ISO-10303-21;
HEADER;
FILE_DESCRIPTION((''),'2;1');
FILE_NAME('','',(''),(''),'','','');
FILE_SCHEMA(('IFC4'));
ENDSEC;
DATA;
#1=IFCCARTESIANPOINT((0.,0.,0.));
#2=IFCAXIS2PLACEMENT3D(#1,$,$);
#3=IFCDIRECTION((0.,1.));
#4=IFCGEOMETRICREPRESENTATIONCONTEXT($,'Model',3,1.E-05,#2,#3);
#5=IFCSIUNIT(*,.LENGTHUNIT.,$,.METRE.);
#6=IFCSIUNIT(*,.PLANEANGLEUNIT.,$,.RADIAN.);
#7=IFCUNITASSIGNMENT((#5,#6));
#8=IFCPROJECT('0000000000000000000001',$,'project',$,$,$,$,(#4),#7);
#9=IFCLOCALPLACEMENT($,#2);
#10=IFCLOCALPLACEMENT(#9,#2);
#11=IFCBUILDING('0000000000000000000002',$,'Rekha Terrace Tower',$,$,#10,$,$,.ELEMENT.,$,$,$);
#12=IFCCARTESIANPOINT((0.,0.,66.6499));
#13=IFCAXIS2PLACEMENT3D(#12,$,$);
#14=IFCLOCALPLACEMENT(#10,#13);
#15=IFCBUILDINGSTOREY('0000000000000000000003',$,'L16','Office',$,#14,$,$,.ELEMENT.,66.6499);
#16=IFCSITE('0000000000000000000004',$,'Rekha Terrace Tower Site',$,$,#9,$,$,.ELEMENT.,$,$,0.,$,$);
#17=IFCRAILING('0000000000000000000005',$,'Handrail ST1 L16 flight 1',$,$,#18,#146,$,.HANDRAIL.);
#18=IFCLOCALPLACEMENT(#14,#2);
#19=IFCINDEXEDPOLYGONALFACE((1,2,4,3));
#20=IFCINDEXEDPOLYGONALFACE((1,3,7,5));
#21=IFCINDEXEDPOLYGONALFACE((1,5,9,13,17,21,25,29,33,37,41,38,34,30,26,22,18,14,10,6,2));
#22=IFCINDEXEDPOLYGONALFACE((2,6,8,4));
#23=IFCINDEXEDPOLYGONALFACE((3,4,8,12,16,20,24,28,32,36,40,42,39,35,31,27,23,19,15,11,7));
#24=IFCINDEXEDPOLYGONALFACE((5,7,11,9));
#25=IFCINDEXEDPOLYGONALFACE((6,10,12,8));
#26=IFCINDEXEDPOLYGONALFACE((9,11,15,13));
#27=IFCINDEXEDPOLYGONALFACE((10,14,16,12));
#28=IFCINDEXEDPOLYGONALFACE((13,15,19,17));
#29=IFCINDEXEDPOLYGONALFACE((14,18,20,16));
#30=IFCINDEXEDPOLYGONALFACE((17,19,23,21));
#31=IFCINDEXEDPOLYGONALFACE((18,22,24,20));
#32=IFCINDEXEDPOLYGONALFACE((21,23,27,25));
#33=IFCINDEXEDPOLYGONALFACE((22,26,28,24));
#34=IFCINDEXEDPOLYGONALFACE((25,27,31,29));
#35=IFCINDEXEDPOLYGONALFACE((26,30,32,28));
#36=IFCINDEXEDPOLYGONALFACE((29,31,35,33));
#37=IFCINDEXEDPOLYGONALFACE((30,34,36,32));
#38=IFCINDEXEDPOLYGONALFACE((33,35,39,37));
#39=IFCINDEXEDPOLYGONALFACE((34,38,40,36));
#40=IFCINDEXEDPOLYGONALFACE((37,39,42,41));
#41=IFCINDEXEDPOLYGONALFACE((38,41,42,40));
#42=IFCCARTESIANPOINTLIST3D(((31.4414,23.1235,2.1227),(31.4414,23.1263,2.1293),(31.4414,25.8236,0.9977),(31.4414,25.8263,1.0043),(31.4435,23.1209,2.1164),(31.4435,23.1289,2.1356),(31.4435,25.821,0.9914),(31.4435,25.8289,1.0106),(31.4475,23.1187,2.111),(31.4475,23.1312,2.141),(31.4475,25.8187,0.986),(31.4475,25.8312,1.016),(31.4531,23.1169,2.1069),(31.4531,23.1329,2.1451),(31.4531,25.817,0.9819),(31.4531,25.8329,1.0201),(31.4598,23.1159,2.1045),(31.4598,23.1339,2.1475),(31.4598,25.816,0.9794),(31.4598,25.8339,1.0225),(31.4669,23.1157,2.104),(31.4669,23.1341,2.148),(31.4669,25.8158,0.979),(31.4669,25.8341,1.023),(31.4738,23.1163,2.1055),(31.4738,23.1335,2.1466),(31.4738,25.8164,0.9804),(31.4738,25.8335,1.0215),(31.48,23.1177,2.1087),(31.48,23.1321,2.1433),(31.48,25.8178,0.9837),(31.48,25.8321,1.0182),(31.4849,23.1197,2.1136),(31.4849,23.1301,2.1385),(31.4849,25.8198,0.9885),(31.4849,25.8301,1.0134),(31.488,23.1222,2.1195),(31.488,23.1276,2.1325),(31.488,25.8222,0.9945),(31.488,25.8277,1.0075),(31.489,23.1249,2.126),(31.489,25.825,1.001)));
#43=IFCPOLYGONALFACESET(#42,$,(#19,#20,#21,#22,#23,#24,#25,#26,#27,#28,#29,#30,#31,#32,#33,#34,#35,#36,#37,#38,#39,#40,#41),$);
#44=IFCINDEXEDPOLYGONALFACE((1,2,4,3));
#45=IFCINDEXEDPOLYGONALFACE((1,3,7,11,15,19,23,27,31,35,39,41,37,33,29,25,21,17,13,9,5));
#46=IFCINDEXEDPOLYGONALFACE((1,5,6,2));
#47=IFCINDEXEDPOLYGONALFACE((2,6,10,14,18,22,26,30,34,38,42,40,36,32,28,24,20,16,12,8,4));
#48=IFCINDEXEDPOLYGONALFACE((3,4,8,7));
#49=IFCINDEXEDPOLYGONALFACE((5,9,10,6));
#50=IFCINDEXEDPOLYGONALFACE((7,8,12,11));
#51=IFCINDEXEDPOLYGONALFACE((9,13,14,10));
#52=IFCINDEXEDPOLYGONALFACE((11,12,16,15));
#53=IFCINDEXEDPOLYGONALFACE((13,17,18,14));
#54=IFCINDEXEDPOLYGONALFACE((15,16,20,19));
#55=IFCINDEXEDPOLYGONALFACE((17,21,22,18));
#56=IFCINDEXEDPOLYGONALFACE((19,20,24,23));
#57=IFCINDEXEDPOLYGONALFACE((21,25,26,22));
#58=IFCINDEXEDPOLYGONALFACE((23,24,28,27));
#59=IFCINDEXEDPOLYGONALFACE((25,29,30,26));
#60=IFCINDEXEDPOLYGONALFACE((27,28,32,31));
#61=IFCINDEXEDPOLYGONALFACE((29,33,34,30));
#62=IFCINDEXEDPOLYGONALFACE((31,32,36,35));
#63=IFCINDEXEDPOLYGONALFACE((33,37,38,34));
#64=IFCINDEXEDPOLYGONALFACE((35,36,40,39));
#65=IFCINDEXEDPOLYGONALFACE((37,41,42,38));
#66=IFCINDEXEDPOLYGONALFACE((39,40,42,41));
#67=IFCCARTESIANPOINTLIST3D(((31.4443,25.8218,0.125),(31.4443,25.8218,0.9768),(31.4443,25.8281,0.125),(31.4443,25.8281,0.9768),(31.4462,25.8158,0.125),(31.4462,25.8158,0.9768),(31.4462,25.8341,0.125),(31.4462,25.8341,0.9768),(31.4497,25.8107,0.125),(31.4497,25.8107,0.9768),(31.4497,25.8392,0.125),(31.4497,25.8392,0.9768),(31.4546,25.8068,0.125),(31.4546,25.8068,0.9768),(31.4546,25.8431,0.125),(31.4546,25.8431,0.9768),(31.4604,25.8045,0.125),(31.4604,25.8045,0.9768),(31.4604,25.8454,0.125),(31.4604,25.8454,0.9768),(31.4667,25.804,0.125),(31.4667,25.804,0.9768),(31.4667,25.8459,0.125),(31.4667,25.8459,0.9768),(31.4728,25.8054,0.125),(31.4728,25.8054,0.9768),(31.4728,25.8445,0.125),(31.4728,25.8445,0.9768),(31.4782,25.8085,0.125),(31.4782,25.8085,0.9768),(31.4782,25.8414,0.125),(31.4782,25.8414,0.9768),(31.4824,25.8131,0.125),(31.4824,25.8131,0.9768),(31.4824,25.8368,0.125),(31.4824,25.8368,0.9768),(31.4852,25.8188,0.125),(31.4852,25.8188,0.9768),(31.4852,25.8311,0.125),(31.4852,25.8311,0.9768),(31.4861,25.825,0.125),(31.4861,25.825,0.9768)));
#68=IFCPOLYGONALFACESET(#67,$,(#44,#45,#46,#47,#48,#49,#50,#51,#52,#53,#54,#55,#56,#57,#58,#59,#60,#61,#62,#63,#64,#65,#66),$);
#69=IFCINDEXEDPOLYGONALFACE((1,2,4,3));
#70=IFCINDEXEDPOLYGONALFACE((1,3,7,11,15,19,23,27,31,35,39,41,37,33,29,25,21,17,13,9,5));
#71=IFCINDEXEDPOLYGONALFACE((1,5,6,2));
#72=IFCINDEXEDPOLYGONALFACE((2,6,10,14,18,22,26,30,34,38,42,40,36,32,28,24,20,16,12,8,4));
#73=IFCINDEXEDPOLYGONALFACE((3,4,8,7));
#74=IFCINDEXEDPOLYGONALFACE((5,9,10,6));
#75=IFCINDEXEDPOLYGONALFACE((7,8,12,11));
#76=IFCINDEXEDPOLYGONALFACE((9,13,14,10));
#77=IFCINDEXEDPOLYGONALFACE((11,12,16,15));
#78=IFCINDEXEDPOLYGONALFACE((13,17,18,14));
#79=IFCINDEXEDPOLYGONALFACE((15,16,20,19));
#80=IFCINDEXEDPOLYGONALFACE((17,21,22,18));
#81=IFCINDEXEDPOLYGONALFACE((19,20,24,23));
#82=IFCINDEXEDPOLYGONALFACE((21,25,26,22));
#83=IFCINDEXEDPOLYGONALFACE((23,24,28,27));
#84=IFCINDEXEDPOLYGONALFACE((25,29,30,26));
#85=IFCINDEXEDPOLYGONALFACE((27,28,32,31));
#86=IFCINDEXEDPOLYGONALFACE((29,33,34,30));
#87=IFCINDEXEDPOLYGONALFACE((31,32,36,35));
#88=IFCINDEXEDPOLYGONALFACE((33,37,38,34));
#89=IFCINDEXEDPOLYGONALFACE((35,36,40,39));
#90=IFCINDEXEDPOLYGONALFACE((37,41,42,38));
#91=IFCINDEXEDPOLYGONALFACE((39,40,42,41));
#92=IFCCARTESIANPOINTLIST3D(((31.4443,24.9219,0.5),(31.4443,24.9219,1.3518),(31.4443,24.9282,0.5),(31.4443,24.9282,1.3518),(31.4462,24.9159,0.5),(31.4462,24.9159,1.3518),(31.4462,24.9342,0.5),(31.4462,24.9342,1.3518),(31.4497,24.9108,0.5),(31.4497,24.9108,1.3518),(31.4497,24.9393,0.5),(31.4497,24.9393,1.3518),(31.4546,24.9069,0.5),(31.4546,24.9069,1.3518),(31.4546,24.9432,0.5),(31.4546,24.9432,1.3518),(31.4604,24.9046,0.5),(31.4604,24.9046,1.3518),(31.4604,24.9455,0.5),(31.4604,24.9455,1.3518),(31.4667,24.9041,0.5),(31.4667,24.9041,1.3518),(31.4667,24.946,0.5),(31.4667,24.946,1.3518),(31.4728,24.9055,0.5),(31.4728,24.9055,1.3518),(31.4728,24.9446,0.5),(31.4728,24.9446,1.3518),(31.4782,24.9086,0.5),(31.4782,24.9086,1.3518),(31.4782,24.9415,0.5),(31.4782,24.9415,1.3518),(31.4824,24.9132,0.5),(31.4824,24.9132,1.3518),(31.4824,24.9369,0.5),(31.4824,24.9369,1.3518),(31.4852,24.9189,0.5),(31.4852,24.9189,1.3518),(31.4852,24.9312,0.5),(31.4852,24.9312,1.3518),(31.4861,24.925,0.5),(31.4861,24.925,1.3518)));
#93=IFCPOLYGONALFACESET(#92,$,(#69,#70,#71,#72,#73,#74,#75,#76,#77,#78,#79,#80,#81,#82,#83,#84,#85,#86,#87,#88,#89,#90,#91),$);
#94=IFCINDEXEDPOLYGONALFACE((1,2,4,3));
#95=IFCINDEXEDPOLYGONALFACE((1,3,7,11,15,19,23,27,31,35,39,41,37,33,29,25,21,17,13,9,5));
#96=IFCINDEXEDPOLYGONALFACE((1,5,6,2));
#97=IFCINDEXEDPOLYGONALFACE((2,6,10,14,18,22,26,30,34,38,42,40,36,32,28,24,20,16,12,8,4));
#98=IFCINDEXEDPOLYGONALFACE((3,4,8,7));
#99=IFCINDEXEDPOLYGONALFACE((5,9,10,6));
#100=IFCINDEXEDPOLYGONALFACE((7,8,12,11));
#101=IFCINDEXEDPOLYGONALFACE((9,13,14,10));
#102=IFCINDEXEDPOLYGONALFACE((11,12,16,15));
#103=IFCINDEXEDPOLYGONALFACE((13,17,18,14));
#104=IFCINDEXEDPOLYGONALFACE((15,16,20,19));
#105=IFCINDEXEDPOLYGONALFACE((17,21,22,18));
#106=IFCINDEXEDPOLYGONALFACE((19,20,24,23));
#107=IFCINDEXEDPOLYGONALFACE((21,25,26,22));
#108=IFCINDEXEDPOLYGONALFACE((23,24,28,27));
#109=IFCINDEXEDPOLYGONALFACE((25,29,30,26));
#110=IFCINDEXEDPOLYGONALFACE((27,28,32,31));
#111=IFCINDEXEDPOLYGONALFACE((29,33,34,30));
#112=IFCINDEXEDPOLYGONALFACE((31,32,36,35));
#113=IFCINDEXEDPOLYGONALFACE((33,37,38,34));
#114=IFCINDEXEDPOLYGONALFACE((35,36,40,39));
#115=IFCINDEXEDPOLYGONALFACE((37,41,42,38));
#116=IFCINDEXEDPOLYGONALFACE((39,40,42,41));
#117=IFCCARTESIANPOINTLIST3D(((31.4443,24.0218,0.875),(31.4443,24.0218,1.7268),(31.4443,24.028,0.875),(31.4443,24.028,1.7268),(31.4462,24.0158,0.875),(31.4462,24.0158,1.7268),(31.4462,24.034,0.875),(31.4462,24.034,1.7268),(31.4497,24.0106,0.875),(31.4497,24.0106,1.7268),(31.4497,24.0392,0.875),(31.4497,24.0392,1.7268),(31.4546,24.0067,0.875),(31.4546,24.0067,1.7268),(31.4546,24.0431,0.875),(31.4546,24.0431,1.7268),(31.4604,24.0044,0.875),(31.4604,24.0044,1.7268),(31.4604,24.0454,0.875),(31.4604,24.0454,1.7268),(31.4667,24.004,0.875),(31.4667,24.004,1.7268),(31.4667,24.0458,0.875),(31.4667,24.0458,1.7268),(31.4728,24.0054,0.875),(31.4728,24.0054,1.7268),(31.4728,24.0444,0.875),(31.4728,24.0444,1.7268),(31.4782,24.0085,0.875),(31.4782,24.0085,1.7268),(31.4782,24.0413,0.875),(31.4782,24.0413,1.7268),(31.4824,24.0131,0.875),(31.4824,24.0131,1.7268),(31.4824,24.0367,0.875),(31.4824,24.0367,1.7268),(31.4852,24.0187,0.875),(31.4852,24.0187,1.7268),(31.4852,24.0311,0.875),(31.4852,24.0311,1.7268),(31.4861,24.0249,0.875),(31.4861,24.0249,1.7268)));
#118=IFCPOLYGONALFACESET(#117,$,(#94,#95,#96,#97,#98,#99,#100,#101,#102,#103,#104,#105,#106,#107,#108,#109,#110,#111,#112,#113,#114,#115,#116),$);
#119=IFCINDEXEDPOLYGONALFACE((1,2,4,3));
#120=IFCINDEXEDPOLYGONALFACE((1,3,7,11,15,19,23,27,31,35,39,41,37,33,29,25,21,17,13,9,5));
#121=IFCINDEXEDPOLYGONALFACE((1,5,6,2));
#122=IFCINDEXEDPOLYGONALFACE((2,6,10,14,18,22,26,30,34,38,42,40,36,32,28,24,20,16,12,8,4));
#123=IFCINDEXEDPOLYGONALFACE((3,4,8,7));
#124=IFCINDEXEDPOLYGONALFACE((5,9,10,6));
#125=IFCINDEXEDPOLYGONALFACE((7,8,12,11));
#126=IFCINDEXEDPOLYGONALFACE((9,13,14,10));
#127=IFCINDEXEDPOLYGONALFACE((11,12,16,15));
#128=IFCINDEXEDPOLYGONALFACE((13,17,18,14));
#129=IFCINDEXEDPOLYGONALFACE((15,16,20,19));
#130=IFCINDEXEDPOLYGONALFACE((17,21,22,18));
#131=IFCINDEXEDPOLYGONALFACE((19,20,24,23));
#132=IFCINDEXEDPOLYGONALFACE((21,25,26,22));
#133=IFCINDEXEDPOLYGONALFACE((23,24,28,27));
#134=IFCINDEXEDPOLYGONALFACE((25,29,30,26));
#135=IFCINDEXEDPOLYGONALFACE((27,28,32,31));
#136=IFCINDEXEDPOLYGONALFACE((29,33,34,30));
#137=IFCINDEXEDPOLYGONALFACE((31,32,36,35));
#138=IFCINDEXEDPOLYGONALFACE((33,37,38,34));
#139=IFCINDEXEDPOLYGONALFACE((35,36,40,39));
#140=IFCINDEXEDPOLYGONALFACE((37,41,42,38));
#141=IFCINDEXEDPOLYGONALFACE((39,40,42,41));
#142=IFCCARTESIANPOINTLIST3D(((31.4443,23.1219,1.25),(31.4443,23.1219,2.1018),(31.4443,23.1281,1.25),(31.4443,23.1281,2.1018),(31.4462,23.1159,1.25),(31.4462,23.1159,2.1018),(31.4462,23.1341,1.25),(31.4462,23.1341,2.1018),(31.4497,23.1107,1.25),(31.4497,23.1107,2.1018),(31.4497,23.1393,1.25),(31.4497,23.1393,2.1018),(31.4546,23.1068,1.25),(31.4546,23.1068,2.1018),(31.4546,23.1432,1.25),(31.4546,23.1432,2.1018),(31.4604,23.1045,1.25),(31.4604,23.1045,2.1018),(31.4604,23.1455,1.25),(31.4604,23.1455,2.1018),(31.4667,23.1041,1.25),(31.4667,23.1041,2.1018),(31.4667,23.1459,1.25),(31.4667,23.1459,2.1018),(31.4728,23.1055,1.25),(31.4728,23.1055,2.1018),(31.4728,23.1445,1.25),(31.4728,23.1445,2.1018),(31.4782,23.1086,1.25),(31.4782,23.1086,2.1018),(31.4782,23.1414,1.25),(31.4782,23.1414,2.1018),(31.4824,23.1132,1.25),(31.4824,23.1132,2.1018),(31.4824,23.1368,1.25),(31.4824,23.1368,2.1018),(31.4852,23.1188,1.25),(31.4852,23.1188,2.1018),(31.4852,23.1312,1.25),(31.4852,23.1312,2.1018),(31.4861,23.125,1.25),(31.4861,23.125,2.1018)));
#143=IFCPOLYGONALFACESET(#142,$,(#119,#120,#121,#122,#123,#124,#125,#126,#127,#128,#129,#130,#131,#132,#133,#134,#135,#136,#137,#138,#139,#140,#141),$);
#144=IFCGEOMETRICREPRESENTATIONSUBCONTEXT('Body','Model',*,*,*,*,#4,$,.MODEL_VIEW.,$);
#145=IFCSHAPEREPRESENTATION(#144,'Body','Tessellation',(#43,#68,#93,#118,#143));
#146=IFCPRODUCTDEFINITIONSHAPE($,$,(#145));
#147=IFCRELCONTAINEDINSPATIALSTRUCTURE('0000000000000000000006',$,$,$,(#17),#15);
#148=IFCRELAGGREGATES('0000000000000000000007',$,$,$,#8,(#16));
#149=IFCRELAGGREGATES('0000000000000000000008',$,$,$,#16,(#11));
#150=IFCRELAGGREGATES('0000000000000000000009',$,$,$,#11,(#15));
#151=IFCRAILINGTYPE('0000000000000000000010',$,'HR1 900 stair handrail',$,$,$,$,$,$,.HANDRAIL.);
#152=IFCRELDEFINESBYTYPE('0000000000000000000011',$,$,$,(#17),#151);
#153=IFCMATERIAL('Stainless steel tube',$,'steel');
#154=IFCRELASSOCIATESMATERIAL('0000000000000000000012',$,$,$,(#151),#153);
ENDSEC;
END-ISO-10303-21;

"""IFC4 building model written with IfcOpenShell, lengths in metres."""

from ifc_helpers import new_model, si_unit, direction, frame, origin, origin_2d, place, context, subcontext, project, spatial, circle, extrude, material, type_object, element, save


model = new_model("IFC4")

# Units and contexts
model_context = context("Model", 3, precision=1e-05, world=origin(), true_north=direction((0.0, 1.0)))
body_context = subcontext(model_context, "Body", "Model", "MODEL_VIEW")
ifc_project = project(units=[si_unit("LENGTHUNIT", "METRE"), si_unit("PLANEANGLEUNIT", "RADIAN")], contexts=[model_context])

# Site, building, storey
site_placement = place(None, origin())
site = spatial("IfcSite", under=ifc_project, at=site_placement, Name="Rekha Terrace Tower Site", CompositionType="ELEMENT", RefElevation=0.0)
building_placement = place(site_placement, origin())
building = spatial("IfcBuilding", under=site, at=building_placement, Name="Rekha Terrace Tower", CompositionType="ELEMENT")
storey_placement = place(building_placement, frame((0.0, 0.0, 66.6499)))
storey = spatial("IfcBuildingStorey", under=building, at=storey_placement, Name="L16", Description="Office", CompositionType="ELEMENT", Elevation=66.6499)

# Railing
ifc_material_1 = material(Name="Stainless steel tube", Category="steel")
railing_type_1 = type_object("IfcRailingType", Name="HR1 900 stair handrail", PredefinedType="HANDRAIL", material=ifc_material_1)
railing_1_placement = place(storey_placement, frame((31.4651, 25.825, 0.125)))
element("IfcRailing", 1, at=railing_1_placement, inside=storey, type_object=railing_type_1, Name="Handrail ST1 L16 flight 1", PredefinedType="HANDRAIL", context=body_context, shape_type="SweptSolid", body=[
    extrude(circle(Radius=0.0239, at=origin_2d()), frame((0.0, 0.0, 0.876), z_axis=(0.0, -0.923074, 0.384621), x_axis=(1.0, 0.0, 0.0)), (0.0, 0.0, 1.0), 2.925),
    extrude(circle(Radius=0.021, at=origin_2d()), origin(), (0.0, 0.0, 1.0), 0.8518),
    extrude(circle(Radius=0.021, at=origin_2d()), frame((0.0, -0.8999, 0.375)), (0.0, 0.0, 1.0), 0.8518),
    extrude(circle(Radius=0.021, at=origin_2d()), frame((0.0, -1.8, 0.75)), (0.0, 0.0, 1.0), 0.8518),
    extrude(circle(Radius=0.021, at=origin_2d()), frame((0.0, -2.7, 1.125)), (0.0, 0.0, 1.0), 0.8518),
])

save(model, "model.ifc")
